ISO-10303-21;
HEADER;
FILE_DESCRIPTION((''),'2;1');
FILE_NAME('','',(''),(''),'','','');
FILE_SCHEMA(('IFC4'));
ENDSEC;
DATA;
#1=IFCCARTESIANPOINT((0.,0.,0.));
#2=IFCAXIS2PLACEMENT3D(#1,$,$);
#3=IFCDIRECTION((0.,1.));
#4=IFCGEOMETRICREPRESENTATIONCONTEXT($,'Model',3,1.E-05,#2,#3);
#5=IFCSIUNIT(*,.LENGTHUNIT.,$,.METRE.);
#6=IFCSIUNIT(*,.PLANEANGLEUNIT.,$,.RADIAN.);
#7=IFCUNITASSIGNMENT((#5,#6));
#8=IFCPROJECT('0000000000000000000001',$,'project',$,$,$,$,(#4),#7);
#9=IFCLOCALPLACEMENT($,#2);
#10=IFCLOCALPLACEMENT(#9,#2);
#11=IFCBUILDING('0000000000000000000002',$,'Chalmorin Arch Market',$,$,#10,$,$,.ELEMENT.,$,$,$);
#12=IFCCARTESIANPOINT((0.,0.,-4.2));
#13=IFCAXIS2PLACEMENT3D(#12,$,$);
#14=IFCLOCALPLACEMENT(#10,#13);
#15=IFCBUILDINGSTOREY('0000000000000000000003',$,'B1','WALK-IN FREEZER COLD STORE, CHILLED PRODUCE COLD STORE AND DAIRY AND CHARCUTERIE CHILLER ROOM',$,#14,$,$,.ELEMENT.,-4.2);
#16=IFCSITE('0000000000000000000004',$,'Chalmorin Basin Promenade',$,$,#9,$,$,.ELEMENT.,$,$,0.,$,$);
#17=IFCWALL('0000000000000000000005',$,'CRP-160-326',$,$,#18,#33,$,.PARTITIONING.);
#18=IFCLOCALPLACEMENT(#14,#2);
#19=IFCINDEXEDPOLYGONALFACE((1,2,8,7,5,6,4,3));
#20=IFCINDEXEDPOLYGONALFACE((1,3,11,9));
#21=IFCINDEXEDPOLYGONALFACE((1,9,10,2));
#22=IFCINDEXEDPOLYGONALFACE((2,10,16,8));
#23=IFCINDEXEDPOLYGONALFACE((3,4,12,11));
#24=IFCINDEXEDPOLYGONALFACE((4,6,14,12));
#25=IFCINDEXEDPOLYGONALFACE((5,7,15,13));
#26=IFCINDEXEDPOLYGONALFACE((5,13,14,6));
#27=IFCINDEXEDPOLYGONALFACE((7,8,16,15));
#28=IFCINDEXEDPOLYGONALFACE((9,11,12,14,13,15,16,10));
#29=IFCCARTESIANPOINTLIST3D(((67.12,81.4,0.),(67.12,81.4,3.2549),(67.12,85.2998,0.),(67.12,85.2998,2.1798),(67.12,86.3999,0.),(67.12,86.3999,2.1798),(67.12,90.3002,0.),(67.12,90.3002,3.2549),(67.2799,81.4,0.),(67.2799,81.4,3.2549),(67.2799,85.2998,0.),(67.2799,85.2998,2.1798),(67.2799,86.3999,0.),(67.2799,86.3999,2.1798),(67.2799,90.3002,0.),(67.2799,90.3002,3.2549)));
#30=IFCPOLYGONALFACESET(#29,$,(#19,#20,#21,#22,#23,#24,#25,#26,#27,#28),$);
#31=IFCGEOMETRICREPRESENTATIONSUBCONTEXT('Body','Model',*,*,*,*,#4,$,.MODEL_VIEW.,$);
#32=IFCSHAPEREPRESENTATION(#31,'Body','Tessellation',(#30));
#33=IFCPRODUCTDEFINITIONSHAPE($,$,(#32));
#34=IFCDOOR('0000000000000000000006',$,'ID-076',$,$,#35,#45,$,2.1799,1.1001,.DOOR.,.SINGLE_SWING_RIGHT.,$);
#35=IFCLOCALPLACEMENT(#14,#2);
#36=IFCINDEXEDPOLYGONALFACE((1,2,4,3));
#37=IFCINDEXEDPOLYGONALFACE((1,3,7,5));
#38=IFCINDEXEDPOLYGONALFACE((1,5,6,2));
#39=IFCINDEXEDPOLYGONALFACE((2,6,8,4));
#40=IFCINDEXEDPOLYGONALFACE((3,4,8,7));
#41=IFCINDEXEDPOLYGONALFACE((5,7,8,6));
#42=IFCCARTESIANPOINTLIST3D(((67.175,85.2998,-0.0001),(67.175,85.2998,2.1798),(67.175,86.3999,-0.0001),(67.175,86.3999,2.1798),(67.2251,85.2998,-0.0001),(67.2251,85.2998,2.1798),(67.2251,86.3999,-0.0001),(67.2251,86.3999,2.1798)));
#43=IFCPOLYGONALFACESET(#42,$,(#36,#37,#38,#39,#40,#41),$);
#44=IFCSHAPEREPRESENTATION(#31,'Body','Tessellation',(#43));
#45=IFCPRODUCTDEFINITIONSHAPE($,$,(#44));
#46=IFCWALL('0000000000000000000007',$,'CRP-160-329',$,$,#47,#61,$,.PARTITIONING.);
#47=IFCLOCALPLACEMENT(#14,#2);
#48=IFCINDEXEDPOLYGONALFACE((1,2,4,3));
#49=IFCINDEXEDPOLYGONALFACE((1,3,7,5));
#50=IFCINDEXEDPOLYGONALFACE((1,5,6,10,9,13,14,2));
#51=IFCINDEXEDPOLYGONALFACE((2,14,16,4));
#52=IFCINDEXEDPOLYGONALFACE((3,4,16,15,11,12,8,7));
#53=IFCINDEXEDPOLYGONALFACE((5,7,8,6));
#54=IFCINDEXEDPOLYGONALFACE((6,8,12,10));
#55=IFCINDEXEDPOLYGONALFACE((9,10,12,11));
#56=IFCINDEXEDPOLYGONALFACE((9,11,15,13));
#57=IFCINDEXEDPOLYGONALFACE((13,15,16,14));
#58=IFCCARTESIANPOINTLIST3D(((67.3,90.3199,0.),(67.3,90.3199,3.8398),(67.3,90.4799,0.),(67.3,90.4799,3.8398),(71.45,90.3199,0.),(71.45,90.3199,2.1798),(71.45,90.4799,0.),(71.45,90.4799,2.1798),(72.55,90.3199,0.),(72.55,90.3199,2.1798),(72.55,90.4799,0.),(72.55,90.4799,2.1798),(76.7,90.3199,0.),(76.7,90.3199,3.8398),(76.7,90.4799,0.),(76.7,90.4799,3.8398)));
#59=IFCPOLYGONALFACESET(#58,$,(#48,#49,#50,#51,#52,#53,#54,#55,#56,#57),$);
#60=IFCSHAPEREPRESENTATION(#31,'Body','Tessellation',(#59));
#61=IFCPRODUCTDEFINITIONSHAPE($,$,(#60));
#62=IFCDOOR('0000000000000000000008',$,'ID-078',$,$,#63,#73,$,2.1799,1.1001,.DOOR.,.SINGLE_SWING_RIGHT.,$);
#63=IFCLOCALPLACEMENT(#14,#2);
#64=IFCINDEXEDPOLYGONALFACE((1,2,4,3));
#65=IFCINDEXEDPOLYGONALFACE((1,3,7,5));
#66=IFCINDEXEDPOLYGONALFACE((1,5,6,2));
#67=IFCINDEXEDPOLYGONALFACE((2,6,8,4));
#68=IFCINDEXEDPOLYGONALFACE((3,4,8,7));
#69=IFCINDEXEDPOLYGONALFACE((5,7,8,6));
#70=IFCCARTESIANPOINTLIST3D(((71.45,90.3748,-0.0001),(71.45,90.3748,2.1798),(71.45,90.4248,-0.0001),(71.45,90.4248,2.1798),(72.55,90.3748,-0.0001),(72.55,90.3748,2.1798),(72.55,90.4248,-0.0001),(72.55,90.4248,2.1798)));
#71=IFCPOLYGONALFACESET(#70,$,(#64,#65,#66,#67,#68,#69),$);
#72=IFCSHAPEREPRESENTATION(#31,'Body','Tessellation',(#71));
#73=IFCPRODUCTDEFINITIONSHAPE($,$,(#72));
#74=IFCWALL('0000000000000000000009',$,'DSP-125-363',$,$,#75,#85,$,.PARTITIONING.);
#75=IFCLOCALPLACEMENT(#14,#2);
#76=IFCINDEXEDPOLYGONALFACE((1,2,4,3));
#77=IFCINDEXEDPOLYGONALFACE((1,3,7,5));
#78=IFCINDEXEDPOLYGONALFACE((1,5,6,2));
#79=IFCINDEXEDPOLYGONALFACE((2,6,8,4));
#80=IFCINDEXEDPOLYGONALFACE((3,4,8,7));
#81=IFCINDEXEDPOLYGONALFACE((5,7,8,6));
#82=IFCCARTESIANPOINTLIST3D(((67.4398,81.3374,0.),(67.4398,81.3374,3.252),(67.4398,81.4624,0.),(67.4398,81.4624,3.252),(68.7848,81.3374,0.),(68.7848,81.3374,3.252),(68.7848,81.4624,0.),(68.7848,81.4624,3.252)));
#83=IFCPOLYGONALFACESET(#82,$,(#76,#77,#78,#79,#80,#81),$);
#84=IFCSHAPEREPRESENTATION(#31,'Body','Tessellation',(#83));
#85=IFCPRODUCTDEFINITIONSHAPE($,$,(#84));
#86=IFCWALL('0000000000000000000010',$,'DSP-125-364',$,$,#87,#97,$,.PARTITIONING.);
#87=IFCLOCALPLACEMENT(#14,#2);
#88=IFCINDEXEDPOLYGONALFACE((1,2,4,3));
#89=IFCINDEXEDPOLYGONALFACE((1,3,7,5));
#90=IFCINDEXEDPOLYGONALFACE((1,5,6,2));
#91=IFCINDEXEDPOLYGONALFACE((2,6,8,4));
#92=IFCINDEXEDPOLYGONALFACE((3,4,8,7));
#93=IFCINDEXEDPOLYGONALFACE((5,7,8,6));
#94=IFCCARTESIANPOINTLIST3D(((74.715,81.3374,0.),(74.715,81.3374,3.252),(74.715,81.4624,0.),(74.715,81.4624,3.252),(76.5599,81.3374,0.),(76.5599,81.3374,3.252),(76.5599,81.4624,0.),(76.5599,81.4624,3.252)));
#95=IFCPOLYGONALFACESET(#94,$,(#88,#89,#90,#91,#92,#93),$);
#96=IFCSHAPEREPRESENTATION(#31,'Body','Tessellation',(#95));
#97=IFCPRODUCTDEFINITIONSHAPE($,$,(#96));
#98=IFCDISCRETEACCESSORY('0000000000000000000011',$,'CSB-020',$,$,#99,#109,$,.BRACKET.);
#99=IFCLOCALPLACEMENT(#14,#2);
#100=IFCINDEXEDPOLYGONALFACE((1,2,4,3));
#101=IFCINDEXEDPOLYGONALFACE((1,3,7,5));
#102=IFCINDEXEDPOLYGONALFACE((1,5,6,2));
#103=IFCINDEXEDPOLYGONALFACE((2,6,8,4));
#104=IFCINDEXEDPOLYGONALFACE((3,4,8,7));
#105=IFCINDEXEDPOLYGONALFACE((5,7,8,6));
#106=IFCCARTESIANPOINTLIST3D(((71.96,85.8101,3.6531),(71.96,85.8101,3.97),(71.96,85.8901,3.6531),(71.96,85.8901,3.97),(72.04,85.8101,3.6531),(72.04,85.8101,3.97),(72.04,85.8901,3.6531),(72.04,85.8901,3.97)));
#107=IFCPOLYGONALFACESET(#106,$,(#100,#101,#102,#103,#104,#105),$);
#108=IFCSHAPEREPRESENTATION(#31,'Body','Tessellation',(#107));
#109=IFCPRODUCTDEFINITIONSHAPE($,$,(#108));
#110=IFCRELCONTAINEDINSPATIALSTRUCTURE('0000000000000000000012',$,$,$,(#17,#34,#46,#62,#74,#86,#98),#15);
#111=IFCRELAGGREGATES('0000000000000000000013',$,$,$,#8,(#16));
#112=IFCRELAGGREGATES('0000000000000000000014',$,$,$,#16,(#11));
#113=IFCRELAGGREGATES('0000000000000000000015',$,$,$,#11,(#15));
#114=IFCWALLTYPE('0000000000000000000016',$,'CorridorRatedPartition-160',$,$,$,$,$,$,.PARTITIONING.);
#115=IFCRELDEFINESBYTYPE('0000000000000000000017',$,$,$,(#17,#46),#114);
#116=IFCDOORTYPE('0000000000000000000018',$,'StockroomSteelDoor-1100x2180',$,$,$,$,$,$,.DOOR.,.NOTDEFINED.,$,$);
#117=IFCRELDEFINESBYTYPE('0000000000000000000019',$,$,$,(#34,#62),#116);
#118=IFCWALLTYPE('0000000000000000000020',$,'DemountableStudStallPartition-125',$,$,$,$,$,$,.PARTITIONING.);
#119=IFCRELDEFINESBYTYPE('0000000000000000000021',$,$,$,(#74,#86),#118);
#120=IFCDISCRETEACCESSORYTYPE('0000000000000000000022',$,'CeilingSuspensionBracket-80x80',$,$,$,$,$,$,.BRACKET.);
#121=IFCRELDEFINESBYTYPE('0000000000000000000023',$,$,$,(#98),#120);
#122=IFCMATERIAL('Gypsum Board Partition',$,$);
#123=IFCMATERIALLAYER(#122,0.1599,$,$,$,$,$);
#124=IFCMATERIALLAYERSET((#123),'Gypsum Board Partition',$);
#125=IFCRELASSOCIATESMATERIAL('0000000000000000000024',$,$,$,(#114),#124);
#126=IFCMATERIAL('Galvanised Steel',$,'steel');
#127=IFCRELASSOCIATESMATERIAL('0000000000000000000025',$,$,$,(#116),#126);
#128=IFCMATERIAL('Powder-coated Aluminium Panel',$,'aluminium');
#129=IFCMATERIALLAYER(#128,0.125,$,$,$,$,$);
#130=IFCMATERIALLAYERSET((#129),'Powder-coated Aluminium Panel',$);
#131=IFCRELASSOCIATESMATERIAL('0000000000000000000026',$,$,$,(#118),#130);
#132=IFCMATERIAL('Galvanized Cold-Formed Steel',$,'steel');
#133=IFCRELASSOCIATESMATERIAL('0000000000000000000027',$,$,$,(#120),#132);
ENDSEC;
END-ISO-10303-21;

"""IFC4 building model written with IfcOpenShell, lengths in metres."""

from ifc_helpers import new_model, si_unit, direction, frame, frame_2d, origin, origin_2d, place, context, subcontext, project, spatial, rectangle, extrude, material, layer, layer_set, type_object, element, fill, save


model = new_model("IFC4")

# Units and contexts
model_context = context("Model", 3, precision=1e-05, world=origin(), true_north=direction((0.0, 1.0)))
body_context = subcontext(model_context, "Body", "Model", "MODEL_VIEW")
ifc_project = project(units=[si_unit("LENGTHUNIT", "METRE"), si_unit("PLANEANGLEUNIT", "RADIAN")], contexts=[model_context])

# Site, building, storey
site_placement = place(None, origin())
site = spatial("IfcSite", under=ifc_project, at=site_placement, Name="Chalmorin Basin Promenade", CompositionType="ELEMENT", RefElevation=0.0)
building_placement = place(site_placement, origin())
building = spatial("IfcBuilding", under=site, at=building_placement, Name="Chalmorin Arch Market", CompositionType="ELEMENT")
storey_placement = place(building_placement, frame((0.0, 0.0, -4.2)))
storey = spatial("IfcBuildingStorey", under=building, at=storey_placement, Name="B1", Description="WALK-IN FREEZER COLD STORE, CHILLED PRODUCE COLD STORE AND DAIRY AND CHARCUTERIE CHILLER ROOM", CompositionType="ELEMENT", Elevation=-4.2)

# Walls, openings, doors
ifc_material_1 = material(Name="Gypsum Board Partition")
ifc_layer_1 = layer(ifc_material_1, 0.1599)
ifc_layer_set_1 = layer_set([ifc_layer_1], Name="Gypsum Board Partition")
wall_type_1 = type_object("IfcWallType", Name="CorridorRatedPartition-160", PredefinedType="PARTITIONING", material=ifc_layer_set_1)
wall_1_placement = place(storey_placement, frame((67.2, 81.3999, 0.0), z_axis=(0.0, 0.0, 1.0), x_axis=(0.0, 1.0, 0.0)))
wall_1 = element("IfcWall", 1, at=wall_1_placement, inside=storey, type_object=wall_type_1, Name="CRP-160-326", PredefinedType="PARTITIONING", context=body_context, shape_type="SweptSolid", body=[
    extrude(rectangle(XDim=8.9001, YDim=0.1599, at=frame_2d((4.4502, 0.0))), origin(), (0.0, 0.0, 1.0), 3.2549),
])
opening_1_placement = place(wall_1_placement, frame((3.8999, 0.0, 0.0)))
opening_1 = element("IfcOpeningElement", 2, at=opening_1_placement, cuts=wall_1, PredefinedType="OPENING", context=body_context, shape_type="SweptSolid", body=[
    extrude(rectangle(XDim=1.1001, YDim=2.1799, at=frame_2d((0.55, 1.0898))), frame((0.0, 0.0898, 0.0), z_axis=(0.0, -1.0, 0.0), x_axis=(1.0, 0.0, 0.0)), (0.0, 0.0, 1.0), 0.1799),
])
ifc_material_2 = material(Name="Galvanised Steel", Category="steel")
door_type = type_object("IfcDoorType", Name="StockroomSteelDoor-1100x2180", OperationType="NOTDEFINED", PredefinedType="DOOR", material=ifc_material_2)
door_1_placement = place(opening_1_placement, origin())
door_1 = element("IfcDoor", 3, at=door_1_placement, inside=storey, type_object=door_type, Name="ID-076", OperationType="SINGLE_SWING_RIGHT", OverallHeight=2.1799, OverallWidth=1.1001, PredefinedType="DOOR", context=body_context, shape_type="SweptSolid", body=[
    extrude(rectangle(XDim=1.1001, YDim=2.1799, at=frame_2d((0.55, 1.0898))), frame((0.0, 0.0249, 0.0), z_axis=(0.0, -1.0, 0.0), x_axis=(1.0, 0.0, 0.0)), (0.0, 0.0, 1.0), 0.05),
])
fill(opening_1, door_1)
wall_2_placement = place(storey_placement, frame((67.3, 90.3999, 0.0), z_axis=(0.0, 0.0, 1.0), x_axis=(1.0, 0.0, 0.0)))
wall_2 = element("IfcWall", 4, at=wall_2_placement, inside=storey, type_object=wall_type_1, Name="CRP-160-329", PredefinedType="PARTITIONING", context=body_context, shape_type="SweptSolid", body=[
    extrude(rectangle(XDim=9.3999, YDim=0.1599, at=frame_2d((4.7, 0.0))), origin(), (0.0, 0.0, 1.0), 3.8398),
])
opening_2_placement = place(wall_2_placement, frame((4.1499, 0.0, 0.0)))
opening_2 = element("IfcOpeningElement", 5, at=opening_2_placement, cuts=wall_2, PredefinedType="OPENING", context=body_context, shape_type="SweptSolid", body=[
    extrude(rectangle(XDim=1.1001, YDim=2.1799, at=frame_2d((0.55, 1.0898))), frame((0.0, 0.0898, 0.0), z_axis=(0.0, -1.0, 0.0), x_axis=(1.0, 0.0, 0.0)), (0.0, 0.0, 1.0), 0.1799),
])
door_2_placement = place(opening_2_placement, origin())
door_2 = element("IfcDoor", 6, at=door_2_placement, inside=storey, type_object=door_type, Name="ID-078", OperationType="SINGLE_SWING_RIGHT", OverallHeight=2.1799, OverallWidth=1.1001, PredefinedType="DOOR", context=body_context, shape_type="SweptSolid", body=[
    extrude(rectangle(XDim=1.1001, YDim=2.1799, at=frame_2d((0.55, 1.0898))), frame((0.0, 0.0249, 0.0), z_axis=(0.0, -1.0, 0.0), x_axis=(1.0, 0.0, 0.0)), (0.0, 0.0, 1.0), 0.05),
])
fill(opening_2, door_2)

# Walls
ifc_material_3 = material(Name="Powder-coated Aluminium Panel", Category="aluminium")
ifc_layer_2 = layer(ifc_material_3, 0.125)
ifc_layer_set_2 = layer_set([ifc_layer_2], Name="Powder-coated Aluminium Panel")
wall_type_2 = type_object("IfcWallType", Name="DemountableStudStallPartition-125", PredefinedType="PARTITIONING", material=ifc_layer_set_2)
wall_3_placement = place(storey_placement, frame((67.4399, 81.3999, 0.0), z_axis=(0.0, 0.0, 1.0), x_axis=(1.0, 0.0, 0.0)))
element("IfcWall", 7, at=wall_3_placement, inside=storey, type_object=wall_type_2, Name="DSP-125-363", PredefinedType="PARTITIONING", context=body_context, shape_type="SweptSolid", body=[
    extrude(rectangle(XDim=1.345, YDim=0.125, at=frame_2d((0.6724, 0.0))), origin(), (0.0, 0.0, 1.0), 3.252),
])
wall_4_placement = place(storey_placement, frame((74.7151, 81.3999, 0.0), z_axis=(0.0, 0.0, 1.0), x_axis=(1.0, 0.0, 0.0)))
element("IfcWall", 8, at=wall_4_placement, inside=storey, type_object=wall_type_2, Name="DSP-125-364", PredefinedType="PARTITIONING", context=body_context, shape_type="SweptSolid", body=[
    extrude(rectangle(XDim=1.845, YDim=0.125, at=frame_2d((0.9224, 0.0))), origin(), (0.0, 0.0, 1.0), 3.252),
])

# Discrete accessory
ifc_material_4 = material(Name="Galvanized Cold-Formed Steel", Category="steel")
discrete_accessory_type = type_object("IfcDiscreteAccessoryType", Name="CeilingSuspensionBracket-80x80", PredefinedType="BRACKET", material=ifc_material_4)
discrete_accessory_placement = place(storey_placement, frame((72.0, 85.8501, 3.6531), z_axis=(0.0, 0.0, 1.0), x_axis=(1.0, 0.0, 0.0)))
element("IfcDiscreteAccessory", 9, at=discrete_accessory_placement, inside=storey, type_object=discrete_accessory_type, Name="CSB-020", PredefinedType="BRACKET", context=body_context, shape_type="SweptSolid", body=[
    extrude(rectangle(XDim=0.0801, YDim=0.0801, at=origin_2d()), origin(), (0.0, 0.0, 1.0), 0.3169),
])

save(model, "model.ifc")
